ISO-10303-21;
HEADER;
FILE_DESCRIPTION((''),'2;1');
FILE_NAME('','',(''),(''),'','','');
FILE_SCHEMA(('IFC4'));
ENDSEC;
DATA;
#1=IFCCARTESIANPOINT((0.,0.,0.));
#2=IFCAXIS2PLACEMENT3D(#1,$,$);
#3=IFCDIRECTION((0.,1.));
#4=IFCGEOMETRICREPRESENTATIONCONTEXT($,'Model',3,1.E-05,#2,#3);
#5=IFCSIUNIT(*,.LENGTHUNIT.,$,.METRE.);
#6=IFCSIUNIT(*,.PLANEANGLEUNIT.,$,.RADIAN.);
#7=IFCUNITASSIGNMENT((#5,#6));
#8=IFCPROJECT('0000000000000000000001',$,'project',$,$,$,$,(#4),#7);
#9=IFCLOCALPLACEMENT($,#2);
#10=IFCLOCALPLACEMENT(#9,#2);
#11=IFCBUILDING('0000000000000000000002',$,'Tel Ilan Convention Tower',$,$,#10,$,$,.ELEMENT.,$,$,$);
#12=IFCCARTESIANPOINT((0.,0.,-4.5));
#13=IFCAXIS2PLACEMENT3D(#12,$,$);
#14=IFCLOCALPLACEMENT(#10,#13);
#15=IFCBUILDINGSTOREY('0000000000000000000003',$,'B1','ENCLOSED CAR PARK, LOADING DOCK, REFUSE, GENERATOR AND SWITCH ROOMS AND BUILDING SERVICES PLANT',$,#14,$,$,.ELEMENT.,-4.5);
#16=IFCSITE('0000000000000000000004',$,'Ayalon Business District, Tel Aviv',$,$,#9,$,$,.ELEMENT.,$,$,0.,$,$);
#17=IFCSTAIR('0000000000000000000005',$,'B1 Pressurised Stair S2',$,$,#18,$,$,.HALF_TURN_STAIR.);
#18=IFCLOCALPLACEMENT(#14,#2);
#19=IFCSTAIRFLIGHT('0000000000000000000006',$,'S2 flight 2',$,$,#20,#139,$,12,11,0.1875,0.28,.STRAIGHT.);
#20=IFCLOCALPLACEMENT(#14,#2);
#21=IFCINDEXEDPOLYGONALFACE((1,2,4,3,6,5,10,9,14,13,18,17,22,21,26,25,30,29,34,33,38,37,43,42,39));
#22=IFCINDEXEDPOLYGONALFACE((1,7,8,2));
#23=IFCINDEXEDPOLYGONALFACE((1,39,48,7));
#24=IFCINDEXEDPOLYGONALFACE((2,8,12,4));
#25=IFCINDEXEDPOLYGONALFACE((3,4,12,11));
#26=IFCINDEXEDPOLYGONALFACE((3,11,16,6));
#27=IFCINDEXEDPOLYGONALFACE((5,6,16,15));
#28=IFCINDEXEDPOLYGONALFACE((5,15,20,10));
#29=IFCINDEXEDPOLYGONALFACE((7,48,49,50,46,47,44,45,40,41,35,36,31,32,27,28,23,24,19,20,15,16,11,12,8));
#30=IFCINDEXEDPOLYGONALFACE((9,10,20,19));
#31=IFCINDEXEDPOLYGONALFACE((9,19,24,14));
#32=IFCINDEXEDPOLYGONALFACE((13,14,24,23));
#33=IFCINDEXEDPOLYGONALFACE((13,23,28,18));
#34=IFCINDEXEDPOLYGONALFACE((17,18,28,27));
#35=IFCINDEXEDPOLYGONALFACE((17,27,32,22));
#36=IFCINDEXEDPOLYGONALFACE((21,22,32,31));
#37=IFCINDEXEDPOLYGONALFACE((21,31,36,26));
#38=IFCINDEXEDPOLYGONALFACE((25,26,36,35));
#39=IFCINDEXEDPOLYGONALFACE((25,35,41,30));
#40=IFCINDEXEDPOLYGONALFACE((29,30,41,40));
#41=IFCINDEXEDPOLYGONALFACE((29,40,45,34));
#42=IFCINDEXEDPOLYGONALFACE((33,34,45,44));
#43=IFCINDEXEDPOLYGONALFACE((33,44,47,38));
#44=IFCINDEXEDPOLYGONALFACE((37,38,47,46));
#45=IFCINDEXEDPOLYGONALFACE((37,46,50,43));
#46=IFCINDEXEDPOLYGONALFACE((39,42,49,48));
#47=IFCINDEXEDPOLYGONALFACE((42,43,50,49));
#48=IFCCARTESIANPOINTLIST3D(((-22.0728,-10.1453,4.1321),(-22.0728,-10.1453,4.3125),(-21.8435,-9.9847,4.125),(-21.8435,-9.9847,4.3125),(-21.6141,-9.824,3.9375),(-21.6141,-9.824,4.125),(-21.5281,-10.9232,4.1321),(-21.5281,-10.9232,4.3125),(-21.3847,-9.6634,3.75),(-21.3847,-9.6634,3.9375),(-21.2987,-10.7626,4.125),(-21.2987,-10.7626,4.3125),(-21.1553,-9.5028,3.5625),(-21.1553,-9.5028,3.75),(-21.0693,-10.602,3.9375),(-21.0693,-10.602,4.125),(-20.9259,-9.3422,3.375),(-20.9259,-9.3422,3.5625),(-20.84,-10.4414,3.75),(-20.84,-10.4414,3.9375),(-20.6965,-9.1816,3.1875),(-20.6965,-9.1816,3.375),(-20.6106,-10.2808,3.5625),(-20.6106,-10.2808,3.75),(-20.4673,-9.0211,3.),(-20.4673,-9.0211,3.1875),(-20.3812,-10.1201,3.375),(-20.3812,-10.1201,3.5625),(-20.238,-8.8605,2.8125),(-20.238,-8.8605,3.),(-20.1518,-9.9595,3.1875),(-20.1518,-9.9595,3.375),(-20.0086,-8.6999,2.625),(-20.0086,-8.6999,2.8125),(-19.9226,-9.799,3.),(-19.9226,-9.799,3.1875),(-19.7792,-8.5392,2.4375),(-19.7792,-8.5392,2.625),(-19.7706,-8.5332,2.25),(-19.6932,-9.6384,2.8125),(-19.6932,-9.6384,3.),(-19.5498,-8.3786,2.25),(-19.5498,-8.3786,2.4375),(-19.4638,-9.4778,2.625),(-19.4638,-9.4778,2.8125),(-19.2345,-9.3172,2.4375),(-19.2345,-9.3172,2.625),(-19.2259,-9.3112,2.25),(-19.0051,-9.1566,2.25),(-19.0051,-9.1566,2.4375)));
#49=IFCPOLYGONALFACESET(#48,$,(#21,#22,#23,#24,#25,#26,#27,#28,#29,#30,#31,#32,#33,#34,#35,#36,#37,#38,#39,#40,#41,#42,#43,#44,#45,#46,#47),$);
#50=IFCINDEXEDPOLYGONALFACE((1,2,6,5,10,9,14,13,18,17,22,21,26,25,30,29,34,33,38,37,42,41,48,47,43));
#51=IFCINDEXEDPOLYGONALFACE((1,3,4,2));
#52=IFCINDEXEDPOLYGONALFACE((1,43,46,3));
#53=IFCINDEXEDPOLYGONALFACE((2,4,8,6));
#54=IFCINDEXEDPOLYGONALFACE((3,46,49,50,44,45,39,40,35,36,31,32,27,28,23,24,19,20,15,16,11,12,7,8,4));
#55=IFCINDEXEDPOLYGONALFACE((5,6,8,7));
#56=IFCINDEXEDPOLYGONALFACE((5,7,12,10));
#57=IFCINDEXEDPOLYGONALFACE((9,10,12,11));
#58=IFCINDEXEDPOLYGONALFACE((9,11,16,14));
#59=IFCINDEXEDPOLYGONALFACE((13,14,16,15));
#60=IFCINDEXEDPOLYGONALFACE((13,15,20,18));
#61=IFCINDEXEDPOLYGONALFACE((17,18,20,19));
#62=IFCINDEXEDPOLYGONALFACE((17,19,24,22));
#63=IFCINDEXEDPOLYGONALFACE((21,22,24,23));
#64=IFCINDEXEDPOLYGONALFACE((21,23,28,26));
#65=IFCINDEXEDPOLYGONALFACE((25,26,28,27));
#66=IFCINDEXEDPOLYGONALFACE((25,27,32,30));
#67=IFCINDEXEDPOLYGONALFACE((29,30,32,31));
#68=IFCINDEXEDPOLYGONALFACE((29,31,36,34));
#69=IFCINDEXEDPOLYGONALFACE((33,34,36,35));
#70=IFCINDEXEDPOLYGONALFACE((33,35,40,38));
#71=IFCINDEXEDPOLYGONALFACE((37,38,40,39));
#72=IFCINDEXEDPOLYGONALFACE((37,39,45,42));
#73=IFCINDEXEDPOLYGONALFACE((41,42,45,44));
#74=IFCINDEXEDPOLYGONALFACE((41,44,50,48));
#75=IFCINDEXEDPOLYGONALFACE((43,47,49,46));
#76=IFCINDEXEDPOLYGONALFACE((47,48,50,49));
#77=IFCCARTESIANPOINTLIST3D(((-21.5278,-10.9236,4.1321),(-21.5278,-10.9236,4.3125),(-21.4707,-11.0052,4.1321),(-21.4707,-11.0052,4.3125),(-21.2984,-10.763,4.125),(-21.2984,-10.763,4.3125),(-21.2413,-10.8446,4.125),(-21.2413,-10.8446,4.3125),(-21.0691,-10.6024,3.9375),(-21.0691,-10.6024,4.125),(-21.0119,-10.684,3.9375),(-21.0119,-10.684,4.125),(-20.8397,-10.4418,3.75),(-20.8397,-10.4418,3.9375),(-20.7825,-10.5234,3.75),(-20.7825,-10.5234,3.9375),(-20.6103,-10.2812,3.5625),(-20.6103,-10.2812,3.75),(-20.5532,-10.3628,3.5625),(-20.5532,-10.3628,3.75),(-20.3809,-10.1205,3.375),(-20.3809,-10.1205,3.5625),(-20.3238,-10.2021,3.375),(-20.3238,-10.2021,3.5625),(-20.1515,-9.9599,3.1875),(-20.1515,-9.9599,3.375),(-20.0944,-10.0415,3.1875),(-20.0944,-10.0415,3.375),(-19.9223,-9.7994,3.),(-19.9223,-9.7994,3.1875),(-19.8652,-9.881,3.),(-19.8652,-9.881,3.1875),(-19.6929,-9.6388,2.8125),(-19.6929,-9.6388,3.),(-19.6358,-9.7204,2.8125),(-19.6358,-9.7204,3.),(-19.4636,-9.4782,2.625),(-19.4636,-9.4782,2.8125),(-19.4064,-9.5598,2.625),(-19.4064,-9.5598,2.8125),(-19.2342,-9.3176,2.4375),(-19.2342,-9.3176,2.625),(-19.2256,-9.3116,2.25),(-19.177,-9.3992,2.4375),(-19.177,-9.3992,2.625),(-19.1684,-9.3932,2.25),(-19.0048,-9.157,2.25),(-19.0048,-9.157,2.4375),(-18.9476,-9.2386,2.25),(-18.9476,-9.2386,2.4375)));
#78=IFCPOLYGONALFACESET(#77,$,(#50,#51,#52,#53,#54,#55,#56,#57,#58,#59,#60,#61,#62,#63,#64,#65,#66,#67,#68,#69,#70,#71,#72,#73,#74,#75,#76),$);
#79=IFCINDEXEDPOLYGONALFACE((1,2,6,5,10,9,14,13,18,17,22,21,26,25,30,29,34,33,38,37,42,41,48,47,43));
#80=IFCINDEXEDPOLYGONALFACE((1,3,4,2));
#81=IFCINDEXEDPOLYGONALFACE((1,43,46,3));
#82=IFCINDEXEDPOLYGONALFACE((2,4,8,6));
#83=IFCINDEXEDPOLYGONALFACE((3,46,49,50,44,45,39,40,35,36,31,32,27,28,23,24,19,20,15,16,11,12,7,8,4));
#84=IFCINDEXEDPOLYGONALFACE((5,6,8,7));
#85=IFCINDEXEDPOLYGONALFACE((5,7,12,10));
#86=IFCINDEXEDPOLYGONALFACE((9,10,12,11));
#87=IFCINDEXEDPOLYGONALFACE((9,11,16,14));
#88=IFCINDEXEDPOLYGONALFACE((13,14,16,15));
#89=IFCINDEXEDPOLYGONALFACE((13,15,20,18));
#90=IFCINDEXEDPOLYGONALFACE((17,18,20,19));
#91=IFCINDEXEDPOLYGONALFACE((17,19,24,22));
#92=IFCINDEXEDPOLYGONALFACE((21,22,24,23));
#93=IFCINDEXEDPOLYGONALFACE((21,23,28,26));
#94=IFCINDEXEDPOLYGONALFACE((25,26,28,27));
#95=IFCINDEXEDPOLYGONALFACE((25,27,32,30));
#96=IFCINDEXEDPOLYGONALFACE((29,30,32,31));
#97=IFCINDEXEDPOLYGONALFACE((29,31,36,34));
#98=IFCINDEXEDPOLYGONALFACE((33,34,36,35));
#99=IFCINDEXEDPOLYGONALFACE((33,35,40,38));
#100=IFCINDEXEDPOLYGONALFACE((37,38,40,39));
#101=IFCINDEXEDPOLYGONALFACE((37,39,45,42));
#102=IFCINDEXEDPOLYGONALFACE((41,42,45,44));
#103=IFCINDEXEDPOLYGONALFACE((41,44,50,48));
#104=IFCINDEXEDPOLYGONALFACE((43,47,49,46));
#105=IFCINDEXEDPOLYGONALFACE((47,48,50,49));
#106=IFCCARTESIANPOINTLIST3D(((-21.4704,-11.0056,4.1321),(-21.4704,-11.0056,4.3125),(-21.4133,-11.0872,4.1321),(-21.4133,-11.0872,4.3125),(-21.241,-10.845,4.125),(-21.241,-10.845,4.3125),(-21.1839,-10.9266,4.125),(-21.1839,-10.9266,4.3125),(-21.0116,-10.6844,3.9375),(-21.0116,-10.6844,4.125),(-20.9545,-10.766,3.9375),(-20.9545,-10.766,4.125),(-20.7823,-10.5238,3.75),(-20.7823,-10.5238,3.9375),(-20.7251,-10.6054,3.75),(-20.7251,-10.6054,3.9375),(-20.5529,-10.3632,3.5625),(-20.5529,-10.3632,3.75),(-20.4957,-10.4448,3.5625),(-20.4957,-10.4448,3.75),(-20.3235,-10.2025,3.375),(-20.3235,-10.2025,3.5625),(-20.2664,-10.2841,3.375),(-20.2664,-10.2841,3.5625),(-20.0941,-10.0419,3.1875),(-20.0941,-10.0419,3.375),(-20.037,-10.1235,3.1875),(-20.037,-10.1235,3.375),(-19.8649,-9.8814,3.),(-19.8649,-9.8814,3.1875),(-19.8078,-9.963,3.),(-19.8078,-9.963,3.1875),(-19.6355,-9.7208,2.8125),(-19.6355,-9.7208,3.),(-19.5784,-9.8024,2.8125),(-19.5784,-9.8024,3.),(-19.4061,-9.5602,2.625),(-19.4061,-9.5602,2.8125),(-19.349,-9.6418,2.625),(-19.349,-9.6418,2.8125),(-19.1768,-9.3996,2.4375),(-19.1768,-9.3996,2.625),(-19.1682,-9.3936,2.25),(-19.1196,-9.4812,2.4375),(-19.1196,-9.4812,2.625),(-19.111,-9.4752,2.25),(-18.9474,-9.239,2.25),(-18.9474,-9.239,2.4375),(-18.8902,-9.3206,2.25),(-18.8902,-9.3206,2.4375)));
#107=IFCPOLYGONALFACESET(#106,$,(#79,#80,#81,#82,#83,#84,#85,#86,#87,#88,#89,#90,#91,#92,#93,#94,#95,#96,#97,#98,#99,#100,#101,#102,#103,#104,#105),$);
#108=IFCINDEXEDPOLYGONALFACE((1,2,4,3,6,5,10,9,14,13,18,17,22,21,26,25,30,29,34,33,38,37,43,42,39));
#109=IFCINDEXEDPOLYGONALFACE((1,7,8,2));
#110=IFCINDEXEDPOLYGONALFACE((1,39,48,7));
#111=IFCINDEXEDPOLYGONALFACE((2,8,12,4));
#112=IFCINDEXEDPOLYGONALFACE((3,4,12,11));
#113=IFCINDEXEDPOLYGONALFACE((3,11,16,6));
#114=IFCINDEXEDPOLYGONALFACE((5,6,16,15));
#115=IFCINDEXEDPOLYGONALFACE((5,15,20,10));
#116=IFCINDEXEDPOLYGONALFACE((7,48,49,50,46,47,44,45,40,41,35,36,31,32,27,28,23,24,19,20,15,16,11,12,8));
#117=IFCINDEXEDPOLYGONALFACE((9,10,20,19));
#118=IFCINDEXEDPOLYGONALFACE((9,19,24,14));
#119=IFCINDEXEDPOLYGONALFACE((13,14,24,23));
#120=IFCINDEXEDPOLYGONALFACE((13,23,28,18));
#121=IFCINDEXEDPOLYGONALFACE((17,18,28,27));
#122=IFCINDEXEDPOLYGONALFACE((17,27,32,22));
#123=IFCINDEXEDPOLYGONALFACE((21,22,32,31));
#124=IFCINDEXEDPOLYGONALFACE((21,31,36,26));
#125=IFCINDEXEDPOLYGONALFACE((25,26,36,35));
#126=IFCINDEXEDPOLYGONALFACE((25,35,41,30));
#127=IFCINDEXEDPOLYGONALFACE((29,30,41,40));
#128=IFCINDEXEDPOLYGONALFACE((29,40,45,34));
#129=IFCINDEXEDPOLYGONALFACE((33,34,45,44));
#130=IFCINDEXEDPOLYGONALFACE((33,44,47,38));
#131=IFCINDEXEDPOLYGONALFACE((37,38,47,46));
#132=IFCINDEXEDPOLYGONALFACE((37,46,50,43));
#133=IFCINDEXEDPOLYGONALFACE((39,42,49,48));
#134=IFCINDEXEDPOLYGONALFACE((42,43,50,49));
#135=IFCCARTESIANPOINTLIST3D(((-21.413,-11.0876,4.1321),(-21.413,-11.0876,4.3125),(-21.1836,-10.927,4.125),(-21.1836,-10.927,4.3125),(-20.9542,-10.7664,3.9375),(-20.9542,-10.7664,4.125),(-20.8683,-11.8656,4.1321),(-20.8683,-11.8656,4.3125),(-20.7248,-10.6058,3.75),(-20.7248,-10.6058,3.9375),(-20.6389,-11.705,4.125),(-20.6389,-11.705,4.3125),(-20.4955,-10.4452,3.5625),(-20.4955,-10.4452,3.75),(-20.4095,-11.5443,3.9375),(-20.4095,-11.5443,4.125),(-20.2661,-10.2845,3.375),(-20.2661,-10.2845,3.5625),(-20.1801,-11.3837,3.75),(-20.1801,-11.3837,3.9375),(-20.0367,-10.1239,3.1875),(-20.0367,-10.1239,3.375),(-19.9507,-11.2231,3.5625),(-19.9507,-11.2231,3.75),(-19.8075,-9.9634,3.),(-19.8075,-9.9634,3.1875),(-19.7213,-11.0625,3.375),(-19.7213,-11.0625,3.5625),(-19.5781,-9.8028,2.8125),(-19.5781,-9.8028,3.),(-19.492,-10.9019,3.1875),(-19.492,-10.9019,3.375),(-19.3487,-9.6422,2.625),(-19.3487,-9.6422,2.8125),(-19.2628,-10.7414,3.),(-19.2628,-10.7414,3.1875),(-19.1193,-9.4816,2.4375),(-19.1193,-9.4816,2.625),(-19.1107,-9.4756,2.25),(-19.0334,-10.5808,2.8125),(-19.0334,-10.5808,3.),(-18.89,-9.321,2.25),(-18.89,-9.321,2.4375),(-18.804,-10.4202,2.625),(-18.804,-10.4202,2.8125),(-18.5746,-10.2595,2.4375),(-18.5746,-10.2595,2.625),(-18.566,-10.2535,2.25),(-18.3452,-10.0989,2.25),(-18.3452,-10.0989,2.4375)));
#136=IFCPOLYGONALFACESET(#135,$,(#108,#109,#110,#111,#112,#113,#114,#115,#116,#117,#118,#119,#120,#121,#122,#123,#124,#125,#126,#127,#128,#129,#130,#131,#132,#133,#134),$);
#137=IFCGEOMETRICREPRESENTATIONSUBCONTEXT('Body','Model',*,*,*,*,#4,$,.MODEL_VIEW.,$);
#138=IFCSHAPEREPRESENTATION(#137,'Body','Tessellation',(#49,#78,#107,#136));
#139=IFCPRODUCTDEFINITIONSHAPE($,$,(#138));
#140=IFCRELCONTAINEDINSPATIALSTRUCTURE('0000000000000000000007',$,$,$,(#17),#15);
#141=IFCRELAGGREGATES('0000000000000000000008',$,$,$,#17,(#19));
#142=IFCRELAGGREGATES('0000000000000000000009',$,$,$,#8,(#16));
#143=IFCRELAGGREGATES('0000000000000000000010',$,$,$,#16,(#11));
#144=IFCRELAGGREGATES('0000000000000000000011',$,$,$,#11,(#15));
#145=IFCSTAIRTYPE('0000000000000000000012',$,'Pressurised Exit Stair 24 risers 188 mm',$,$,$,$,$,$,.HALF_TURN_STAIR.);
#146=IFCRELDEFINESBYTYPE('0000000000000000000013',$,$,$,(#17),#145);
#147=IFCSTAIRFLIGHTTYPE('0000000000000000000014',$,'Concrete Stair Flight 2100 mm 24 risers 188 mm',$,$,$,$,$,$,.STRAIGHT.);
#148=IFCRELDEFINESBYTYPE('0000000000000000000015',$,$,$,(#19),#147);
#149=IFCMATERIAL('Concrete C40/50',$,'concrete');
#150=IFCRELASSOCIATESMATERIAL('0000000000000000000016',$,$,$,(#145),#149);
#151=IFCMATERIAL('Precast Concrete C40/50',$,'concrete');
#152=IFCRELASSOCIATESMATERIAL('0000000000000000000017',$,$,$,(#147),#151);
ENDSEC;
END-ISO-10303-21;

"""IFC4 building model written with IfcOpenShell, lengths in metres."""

from ifc_helpers import new_model, si_unit, direction, frame, origin, place, context, subcontext, project, spatial, polyline, outline, extrude, material, type_object, element, aggregate, save


model = new_model("IFC4")

# Units and contexts
model_context = context("Model", 3, precision=1e-05, world=origin(), true_north=direction((0.0, 1.0)))
body_context = subcontext(model_context, "Body", "Model", "MODEL_VIEW")
ifc_project = project(units=[si_unit("LENGTHUNIT", "METRE"), si_unit("PLANEANGLEUNIT", "RADIAN")], contexts=[model_context])

# Site, building, storey
site_placement = place(None, origin())
site = spatial("IfcSite", under=ifc_project, at=site_placement, Name="Ayalon Business District, Tel Aviv", CompositionType="ELEMENT", RefElevation=0.0)
building_placement = place(site_placement, origin())
building = spatial("IfcBuilding", under=site, at=building_placement, Name="Tel Ilan Convention Tower", CompositionType="ELEMENT")
storey_placement = place(building_placement, frame((0.0, 0.0, -4.5)))
storey = spatial("IfcBuildingStorey", under=building, at=storey_placement, Name="B1", Description="ENCLOSED CAR PARK, LOADING DOCK, REFUSE, GENERATOR AND SWITCH ROOMS AND BUILDING SERVICES PLANT", CompositionType="ELEMENT", Elevation=-4.5)

# Stair, stair flight
ifc_material_1 = material(Name="Concrete C40/50", Category="concrete")
stair_type = type_object("IfcStairType", Name="Pressurised Exit Stair 24 risers 188 mm", PredefinedType="HALF_TURN_STAIR", material=ifc_material_1)
stair_placement = place(storey_placement, origin())
stair = element("IfcStair", 1, at=stair_placement, inside=storey, type_object=stair_type, Name="B1 Pressurised Stair S2", PredefinedType="HALF_TURN_STAIR")
ifc_material_2 = material(Name="Precast Concrete C40/50", Category="concrete")
stair_flight_type = type_object("IfcStairFlightType", Name="Concrete Stair Flight 2100 mm 24 risers 188 mm", PredefinedType="STRAIGHT", material=ifc_material_2)
stair_flight_placement = place(storey_placement, frame((-18.9475, -9.2388, 2.25), z_axis=(0.0, 0.0, 1.0), x_axis=(-0.819152, -0.573576, 0.0)))
stair_flight = element("IfcStairFlight", 2, at=stair_flight_placement, type_object=stair_flight_type, Name="S2 flight 2", NumberOfRisers=12, NumberOfTreads=11, PredefinedType="STRAIGHT", RiserHeight=0.1875, TreadLength=0.28, context=body_context, shape_type="SweptSolid", body=[
    extrude(outline(polyline([(0.0, 0.0), (0.0, 0.1875), (0.28, 0.1875), (0.28, 0.375), (0.5601, 0.375), (0.5601, 0.5625), (0.8401, 0.5625), (0.8401, 0.75), (1.1201, 0.75), (1.1201, 0.9375), (1.3999, 0.9375), (1.3999, 1.125), (1.6799, 1.125), (1.6799, 1.3125), (1.96, 1.3125), (1.96, 1.5), (2.24, 1.5), (2.24, 1.6875), (2.52, 1.6875), (2.52, 1.875), (2.8, 1.875), (2.8, 2.0625), (3.0801, 2.0625), (3.0801, 2.25), (3.0801, 1.8821), (0.2695, 0.0), (0.0, 0.0)])), frame((0.0, -0.1003, 0.0), z_axis=(0.0, -1.0, 0.0), x_axis=(1.0, 0.0, 0.0)), (0.0, 0.0, 1.0), 0.9497),
    extrude(outline(polyline([(0.0, 0.0), (0.0, 0.1875), (0.28, 0.1875), (0.28, 0.375), (0.5601, 0.375), (0.5601, 0.5625), (0.8401, 0.5625), (0.8401, 0.75), (1.1201, 0.75), (1.1201, 0.9375), (1.3999, 0.9375), (1.3999, 1.125), (1.6799, 1.125), (1.6799, 1.3125), (1.96, 1.3125), (1.96, 1.5), (2.24, 1.5), (2.24, 1.6875), (2.52, 1.6875), (2.52, 1.875), (2.8, 1.875), (2.8, 2.0625), (3.0801, 2.0625), (3.0801, 2.25), (3.0801, 1.8821), (0.2695, 0.0), (0.0, 0.0)])), frame((0.0, -0.0002, 0.0), z_axis=(0.0, -1.0, 0.0), x_axis=(1.0, 0.0, 0.0)), (0.0, 0.0, 1.0), 0.0996),
    extrude(outline(polyline([(0.0, 0.0), (0.0, 0.1875), (0.28, 0.1875), (0.28, 0.375), (0.5601, 0.375), (0.5601, 0.5625), (0.8401, 0.5625), (0.8401, 0.75), (1.1201, 0.75), (1.1201, 0.9375), (1.3999, 0.9375), (1.3999, 1.125), (1.6799, 1.125), (1.6799, 1.3125), (1.96, 1.3125), (1.96, 1.5), (2.24, 1.5), (2.24, 1.6875), (2.52, 1.6875), (2.52, 1.875), (2.8, 1.875), (2.8, 2.0625), (3.0801, 2.0625), (3.0801, 2.25), (3.0801, 1.8821), (0.2695, 0.0), (0.0, 0.0)])), frame((0.0, 0.0999, 0.0), z_axis=(0.0, -1.0, 0.0), x_axis=(1.0, 0.0, 0.0)), (0.0, 0.0, 1.0), 0.0996),
    extrude(outline(polyline([(0.0, 0.0), (0.0, 0.1875), (0.28, 0.1875), (0.28, 0.375), (0.5601, 0.375), (0.5601, 0.5625), (0.8401, 0.5625), (0.8401, 0.75), (1.1201, 0.75), (1.1201, 0.9375), (1.3999, 0.9375), (1.3999, 1.125), (1.6799, 1.125), (1.6799, 1.3125), (1.96, 1.3125), (1.96, 1.5), (2.24, 1.5), (2.24, 1.6875), (2.52, 1.6875), (2.52, 1.875), (2.8, 1.875), (2.8, 2.0625), (3.0801, 2.0625), (3.0801, 2.25), (3.0801, 1.8821), (0.2695, 0.0), (0.0, 0.0)])), frame((0.0, 1.05, 0.0), z_axis=(0.0, -1.0, 0.0), x_axis=(1.0, 0.0, 0.0)), (0.0, 0.0, 1.0), 0.9497),
])
aggregate(stair, [stair_flight])

save(model, "model.ifc")
